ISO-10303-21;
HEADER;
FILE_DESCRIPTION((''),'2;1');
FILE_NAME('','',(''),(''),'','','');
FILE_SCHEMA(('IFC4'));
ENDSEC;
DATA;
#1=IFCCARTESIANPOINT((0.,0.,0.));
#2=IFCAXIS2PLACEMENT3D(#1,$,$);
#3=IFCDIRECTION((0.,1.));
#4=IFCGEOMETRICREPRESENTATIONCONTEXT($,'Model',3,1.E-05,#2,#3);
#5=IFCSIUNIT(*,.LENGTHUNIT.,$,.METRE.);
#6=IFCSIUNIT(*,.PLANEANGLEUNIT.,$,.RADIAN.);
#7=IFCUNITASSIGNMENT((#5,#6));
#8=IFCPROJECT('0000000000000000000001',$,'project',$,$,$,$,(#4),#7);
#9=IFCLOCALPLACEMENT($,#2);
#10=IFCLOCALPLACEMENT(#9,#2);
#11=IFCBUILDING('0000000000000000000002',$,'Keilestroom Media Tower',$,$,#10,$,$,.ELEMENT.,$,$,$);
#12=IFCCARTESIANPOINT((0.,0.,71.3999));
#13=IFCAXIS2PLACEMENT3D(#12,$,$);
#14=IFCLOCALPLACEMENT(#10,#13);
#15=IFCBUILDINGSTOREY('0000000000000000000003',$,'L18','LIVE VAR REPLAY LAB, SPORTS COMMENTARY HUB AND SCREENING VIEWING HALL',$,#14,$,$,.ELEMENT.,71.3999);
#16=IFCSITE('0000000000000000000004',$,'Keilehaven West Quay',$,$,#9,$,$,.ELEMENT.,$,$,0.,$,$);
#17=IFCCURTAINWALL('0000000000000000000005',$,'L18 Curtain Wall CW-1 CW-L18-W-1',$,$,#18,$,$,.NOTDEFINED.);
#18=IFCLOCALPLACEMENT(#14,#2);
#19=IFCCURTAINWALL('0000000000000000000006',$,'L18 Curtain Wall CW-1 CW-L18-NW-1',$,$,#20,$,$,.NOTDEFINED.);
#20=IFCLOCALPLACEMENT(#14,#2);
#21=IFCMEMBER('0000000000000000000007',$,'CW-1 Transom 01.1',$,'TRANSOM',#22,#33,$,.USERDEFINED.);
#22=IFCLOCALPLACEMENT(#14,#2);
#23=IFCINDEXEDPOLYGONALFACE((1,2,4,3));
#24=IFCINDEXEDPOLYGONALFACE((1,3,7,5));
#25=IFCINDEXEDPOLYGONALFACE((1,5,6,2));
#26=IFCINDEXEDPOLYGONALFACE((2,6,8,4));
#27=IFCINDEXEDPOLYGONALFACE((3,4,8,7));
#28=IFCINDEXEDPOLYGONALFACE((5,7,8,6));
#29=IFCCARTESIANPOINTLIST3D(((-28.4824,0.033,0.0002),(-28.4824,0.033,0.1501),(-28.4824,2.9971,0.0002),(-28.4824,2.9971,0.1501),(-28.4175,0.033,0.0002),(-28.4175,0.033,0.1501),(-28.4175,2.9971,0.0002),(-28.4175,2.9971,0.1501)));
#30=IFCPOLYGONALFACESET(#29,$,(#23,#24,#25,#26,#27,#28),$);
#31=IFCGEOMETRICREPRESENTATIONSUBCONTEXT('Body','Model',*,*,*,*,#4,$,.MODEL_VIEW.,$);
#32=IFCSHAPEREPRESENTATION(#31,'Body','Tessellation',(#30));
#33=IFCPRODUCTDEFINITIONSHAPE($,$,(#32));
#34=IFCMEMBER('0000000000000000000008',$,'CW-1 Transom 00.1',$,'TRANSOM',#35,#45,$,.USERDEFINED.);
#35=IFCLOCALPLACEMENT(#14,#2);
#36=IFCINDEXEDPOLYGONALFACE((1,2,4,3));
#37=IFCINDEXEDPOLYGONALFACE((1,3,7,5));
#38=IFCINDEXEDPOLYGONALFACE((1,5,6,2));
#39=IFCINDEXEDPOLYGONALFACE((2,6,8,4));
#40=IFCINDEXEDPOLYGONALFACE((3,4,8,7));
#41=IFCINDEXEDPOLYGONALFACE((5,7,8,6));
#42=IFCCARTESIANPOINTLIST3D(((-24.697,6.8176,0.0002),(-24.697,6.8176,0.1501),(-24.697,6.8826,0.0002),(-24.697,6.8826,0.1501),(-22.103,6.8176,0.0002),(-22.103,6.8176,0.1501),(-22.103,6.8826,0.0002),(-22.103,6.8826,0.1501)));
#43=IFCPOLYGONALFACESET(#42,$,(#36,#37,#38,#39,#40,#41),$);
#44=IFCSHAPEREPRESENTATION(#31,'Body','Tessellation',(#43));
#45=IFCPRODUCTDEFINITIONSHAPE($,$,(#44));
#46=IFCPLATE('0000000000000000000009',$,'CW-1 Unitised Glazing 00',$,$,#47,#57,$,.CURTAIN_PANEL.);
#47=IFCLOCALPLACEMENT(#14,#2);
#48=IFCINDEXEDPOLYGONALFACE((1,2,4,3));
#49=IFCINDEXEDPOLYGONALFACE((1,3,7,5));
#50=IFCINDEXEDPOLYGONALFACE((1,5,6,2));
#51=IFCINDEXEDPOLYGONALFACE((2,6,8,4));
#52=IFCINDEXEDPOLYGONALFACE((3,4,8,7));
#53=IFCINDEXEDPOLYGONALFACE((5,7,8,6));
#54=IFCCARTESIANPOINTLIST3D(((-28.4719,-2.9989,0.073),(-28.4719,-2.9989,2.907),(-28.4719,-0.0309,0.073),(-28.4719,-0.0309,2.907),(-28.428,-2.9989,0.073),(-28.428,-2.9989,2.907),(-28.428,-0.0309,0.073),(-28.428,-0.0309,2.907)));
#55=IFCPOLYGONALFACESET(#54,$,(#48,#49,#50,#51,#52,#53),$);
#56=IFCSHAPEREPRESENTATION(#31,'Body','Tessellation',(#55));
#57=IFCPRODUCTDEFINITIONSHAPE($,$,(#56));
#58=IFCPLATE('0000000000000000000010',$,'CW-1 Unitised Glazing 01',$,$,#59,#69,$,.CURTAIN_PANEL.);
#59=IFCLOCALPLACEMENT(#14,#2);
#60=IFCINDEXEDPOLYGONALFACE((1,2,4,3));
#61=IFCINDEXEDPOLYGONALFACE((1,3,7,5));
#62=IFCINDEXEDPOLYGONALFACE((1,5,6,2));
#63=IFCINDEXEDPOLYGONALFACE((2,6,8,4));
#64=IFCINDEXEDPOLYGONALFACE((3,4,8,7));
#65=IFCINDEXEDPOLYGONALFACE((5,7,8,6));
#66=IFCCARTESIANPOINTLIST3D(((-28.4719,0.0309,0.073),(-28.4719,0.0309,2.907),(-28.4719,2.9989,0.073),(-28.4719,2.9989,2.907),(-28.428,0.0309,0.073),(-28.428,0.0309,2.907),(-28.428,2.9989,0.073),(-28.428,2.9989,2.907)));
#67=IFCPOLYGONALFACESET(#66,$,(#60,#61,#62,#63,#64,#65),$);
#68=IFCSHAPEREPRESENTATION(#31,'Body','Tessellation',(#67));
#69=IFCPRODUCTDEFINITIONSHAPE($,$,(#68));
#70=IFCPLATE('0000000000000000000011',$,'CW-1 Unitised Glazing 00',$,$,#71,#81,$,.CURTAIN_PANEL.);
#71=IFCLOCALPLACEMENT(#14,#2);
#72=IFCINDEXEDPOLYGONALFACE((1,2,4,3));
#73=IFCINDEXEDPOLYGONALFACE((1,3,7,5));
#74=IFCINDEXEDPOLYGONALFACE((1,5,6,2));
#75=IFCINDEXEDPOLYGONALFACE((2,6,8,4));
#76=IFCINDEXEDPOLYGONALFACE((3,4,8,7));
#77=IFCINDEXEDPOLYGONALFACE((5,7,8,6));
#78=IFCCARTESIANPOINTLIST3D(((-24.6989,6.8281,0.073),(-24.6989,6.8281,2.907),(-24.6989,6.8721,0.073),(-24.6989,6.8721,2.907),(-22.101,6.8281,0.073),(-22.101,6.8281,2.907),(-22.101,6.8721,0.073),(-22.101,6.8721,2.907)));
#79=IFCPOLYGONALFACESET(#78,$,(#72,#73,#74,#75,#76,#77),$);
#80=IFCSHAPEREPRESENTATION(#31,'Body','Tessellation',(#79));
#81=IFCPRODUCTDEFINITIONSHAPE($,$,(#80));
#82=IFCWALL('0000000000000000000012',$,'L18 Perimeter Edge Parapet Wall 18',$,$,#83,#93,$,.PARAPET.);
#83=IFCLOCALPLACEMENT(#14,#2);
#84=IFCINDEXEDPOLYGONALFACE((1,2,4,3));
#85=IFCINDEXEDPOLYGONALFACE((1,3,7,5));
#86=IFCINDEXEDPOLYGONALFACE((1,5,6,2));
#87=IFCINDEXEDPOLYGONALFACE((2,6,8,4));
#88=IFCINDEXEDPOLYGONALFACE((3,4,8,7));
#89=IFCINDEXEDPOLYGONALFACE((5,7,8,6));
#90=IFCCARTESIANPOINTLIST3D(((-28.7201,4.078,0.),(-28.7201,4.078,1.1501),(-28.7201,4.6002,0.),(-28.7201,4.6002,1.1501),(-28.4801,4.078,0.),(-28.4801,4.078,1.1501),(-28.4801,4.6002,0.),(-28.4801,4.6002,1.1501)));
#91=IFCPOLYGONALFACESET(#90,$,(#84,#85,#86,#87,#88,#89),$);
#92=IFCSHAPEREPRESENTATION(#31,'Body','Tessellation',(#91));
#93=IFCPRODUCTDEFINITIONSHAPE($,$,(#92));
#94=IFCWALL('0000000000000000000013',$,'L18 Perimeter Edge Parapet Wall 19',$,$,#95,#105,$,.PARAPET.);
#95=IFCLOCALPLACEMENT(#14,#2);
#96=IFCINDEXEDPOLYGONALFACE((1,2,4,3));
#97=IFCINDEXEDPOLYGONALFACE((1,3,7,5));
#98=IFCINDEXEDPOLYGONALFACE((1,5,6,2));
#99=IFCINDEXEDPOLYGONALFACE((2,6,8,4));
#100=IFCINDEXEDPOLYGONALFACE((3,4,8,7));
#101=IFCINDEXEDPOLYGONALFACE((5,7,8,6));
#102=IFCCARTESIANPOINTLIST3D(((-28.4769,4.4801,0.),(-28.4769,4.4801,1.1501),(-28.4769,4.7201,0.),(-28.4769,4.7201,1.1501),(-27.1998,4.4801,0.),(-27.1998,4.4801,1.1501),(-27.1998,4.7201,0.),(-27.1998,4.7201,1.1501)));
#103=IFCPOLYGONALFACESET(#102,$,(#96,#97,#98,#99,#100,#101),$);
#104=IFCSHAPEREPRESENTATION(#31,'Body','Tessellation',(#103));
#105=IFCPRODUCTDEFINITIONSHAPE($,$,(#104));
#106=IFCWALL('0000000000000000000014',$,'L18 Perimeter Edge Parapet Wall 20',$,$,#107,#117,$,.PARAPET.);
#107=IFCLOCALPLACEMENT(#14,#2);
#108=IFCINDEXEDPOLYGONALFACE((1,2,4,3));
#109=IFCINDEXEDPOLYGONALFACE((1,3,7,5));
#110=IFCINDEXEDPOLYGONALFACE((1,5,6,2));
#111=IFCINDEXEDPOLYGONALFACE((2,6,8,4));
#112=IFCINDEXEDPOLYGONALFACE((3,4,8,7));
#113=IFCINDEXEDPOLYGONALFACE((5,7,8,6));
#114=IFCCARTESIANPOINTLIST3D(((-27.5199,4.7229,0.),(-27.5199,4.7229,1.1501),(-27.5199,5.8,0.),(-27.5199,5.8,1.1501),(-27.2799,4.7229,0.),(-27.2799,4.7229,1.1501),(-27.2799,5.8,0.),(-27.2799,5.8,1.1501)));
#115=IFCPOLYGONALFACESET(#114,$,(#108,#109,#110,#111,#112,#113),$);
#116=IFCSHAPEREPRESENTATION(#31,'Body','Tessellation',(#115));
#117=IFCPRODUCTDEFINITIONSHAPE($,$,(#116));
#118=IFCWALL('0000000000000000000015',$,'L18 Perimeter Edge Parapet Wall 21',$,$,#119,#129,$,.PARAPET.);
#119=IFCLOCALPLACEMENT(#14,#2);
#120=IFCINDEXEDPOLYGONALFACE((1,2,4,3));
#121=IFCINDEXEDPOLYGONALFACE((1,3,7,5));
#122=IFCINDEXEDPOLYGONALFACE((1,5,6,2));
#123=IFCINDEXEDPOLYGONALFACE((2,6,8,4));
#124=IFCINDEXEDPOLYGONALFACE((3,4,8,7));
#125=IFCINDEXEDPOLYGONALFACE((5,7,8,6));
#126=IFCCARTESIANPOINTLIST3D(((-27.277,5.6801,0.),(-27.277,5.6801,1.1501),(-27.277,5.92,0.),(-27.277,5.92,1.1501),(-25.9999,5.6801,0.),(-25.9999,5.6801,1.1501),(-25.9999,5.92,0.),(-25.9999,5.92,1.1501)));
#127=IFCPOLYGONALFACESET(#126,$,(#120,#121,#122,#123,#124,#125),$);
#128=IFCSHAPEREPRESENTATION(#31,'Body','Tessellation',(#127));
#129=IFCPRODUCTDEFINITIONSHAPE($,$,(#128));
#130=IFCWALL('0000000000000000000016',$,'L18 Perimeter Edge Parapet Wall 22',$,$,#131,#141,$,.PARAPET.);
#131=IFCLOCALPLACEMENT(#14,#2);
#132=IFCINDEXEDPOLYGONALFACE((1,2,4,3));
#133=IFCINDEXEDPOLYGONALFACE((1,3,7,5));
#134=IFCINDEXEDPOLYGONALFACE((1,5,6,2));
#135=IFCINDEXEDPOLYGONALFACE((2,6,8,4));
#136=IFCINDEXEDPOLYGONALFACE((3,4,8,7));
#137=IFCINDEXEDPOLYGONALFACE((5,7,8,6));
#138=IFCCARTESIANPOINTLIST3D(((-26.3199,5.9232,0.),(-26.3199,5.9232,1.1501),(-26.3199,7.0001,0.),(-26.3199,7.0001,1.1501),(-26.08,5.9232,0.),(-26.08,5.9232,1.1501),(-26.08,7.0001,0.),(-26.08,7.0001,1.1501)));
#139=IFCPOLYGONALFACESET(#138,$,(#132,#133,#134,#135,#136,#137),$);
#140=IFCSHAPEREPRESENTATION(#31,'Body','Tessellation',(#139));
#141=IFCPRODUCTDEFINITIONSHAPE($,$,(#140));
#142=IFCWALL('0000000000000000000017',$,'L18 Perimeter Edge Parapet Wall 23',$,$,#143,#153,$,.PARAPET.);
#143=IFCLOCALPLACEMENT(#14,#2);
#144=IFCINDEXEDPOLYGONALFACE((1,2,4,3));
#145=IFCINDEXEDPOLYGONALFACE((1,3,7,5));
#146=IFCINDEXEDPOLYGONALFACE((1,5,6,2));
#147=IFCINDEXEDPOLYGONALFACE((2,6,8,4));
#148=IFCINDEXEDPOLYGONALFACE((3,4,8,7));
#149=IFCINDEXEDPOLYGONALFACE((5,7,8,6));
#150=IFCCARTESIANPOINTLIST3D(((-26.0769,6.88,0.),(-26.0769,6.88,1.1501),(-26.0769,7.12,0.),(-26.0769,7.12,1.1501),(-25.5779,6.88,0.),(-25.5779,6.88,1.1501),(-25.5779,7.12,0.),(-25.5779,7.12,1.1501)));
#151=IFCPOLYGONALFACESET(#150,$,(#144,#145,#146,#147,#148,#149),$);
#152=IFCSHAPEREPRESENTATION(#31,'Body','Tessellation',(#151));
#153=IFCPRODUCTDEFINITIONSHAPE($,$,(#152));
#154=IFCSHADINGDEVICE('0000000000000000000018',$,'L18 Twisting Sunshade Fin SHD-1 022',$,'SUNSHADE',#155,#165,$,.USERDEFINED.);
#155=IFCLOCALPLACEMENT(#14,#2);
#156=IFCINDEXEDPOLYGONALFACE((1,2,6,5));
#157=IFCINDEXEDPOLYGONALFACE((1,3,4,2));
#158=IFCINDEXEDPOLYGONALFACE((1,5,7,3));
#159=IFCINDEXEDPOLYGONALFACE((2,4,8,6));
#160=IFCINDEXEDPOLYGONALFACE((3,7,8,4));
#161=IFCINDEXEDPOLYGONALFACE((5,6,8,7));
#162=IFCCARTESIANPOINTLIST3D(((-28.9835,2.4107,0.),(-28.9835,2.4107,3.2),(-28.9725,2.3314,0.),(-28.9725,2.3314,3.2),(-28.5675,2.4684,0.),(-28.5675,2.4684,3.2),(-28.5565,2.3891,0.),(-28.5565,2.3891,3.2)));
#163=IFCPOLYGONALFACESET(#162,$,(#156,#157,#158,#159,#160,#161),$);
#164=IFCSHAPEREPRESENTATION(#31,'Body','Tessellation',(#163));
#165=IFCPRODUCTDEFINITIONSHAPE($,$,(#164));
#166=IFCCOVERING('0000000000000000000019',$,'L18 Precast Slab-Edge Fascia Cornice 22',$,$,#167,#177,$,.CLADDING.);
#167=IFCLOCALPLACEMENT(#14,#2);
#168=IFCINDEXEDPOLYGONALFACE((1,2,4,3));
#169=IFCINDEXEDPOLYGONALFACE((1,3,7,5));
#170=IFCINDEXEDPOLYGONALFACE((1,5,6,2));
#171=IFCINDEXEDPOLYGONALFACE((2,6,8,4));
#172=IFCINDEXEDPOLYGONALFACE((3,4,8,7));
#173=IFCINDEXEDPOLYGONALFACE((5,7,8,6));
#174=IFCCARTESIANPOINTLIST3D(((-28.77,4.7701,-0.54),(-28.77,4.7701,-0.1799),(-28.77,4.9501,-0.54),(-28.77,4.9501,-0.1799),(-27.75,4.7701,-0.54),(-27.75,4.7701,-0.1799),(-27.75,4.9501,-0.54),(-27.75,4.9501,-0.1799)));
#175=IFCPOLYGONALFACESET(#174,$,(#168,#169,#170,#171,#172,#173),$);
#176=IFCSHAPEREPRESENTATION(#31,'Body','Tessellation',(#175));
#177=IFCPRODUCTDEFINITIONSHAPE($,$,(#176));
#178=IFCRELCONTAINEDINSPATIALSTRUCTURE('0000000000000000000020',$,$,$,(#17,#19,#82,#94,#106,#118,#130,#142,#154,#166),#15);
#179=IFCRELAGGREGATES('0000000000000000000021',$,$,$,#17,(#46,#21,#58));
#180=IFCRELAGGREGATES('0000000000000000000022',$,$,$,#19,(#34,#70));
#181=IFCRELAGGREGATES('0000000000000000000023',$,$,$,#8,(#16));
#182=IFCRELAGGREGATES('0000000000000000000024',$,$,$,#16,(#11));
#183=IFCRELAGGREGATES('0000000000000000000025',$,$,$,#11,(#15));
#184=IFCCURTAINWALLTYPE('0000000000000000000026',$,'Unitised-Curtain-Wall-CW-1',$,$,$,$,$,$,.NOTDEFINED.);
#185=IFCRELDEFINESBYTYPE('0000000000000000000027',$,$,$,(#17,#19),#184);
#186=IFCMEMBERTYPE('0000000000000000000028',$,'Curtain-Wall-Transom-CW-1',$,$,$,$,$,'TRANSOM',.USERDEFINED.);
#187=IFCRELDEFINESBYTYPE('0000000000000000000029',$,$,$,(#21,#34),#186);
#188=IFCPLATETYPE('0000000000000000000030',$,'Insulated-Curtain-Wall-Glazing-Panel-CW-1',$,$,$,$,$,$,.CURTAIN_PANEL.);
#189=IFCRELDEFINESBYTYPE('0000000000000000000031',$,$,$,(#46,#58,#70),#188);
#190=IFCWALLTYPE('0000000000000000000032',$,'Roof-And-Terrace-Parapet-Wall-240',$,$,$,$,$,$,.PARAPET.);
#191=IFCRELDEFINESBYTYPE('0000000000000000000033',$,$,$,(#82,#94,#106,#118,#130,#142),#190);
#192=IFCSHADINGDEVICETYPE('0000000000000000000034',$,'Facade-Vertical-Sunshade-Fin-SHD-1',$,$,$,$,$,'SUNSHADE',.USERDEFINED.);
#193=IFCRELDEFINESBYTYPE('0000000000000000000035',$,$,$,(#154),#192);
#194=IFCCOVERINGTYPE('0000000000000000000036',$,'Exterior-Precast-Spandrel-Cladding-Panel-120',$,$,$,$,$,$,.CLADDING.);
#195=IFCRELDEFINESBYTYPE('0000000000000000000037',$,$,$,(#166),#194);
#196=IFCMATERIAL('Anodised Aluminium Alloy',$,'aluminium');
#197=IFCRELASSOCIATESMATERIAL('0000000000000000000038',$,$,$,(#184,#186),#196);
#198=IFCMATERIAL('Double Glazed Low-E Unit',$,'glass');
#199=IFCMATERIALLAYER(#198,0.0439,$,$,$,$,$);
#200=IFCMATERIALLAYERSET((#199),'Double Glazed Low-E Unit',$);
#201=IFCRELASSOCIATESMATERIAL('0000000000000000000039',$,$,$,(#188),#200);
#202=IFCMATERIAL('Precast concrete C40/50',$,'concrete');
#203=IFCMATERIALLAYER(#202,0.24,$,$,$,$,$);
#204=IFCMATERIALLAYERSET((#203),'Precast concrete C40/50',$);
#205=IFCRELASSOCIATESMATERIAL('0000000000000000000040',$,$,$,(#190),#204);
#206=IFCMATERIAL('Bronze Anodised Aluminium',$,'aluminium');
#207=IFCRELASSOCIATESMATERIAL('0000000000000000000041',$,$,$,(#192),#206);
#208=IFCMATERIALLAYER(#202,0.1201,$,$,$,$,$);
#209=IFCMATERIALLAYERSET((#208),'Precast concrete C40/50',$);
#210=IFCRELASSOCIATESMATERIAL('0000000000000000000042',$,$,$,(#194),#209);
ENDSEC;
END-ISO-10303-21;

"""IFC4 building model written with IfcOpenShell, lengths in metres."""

from ifc_helpers import new_model, si_unit, direction, frame, frame_2d, origin, origin_2d, place, context, subcontext, project, spatial, rectangle, extrude, source, transform, mapped, material, layer, layer_set, material_profile, profile_set, type_object, element, aggregate, save


model = new_model("IFC4")

# Units and contexts
model_context = context("Model", 3, precision=1e-05, world=origin(), true_north=direction((0.0, 1.0)))
body_context = subcontext(model_context, "Body", "Model", "MODEL_VIEW")
ifc_project = project(units=[si_unit("LENGTHUNIT", "METRE"), si_unit("PLANEANGLEUNIT", "RADIAN")], contexts=[model_context])

# Site, building, storey
site_placement = place(None, origin())
site = spatial("IfcSite", under=ifc_project, at=site_placement, Name="Keilehaven West Quay", CompositionType="ELEMENT", RefElevation=0.0)
building_placement = place(site_placement, origin())
building = spatial("IfcBuilding", under=site, at=building_placement, Name="Keilestroom Media Tower", CompositionType="ELEMENT")
storey_placement = place(building_placement, frame((0.0, 0.0, 71.3999)))
storey = spatial("IfcBuildingStorey", under=building, at=storey_placement, Name="L18", Description="LIVE VAR REPLAY LAB, SPORTS COMMENTARY HUB AND SCREENING VIEWING HALL", CompositionType="ELEMENT", Elevation=71.3999)

# Shared definitions
ifc_material_1 = material(Name="Precast concrete C40/50", Category="concrete")

# Curtain wall
ifc_material_2 = material(Name="Anodised Aluminium Alloy", Category="aluminium")
curtain_wall_type = type_object("IfcCurtainWallType", Name="Unitised-Curtain-Wall-CW-1", PredefinedType="NOTDEFINED", material=ifc_material_2)
curtain_wall_1_placement = place(storey_placement, origin())
curtain_wall_1 = element("IfcCurtainWall", 1, at=curtain_wall_1_placement, inside=storey, type_object=curtain_wall_type, Name="L18 Curtain Wall CW-1 CW-L18-W-1", PredefinedType="NOTDEFINED")

# Curtain wall
curtain_wall_2_placement = place(storey_placement, origin())
curtain_wall_2 = element("IfcCurtainWall", 2, at=curtain_wall_2_placement, inside=storey, type_object=curtain_wall_type, Name="L18 Curtain Wall CW-1 CW-L18-NW-1", PredefinedType="NOTDEFINED")

# Members
ifc_material_profile_1 = material_profile(ifc_material_2, rectangle(XDim=0.0649, YDim=0.1499, at=origin_2d()), Name="ALU TRANSOM 65x150")
ifc_profile_set_1 = profile_set([ifc_material_profile_1], Name="Anodised Aluminium Alloy")
member_type_1 = type_object("IfcMemberType", Name="Curtain-Wall-Transom-CW-1", ElementType="TRANSOM", PredefinedType="USERDEFINED", material=ifc_profile_set_1)
shared_shape_1 = source(origin(), body_context, "Body", "SweptSolid", [
    extrude(rectangle(XDim=0.0649, YDim=0.1499, at=origin_2d()), origin(), (0.0, 0.0, 1.0), 2.9641),
])
member_1_placement = place(storey_placement, frame((-28.45, 0.033, 0.0752), z_axis=(0.0, 1.0, 0.0), x_axis=(-1.0, 0.0, 0.0)))
member_1 = element("IfcMember", 3, at=member_1_placement, type_object=member_type_1, Name="CW-1 Transom 01.1", ObjectType="TRANSOM", PredefinedType="USERDEFINED", context=body_context, shape_type="MappedRepresentation", body=[
    mapped(shared_shape_1, transform((0.0, 0.0, 0.0), x_axis=(1.0, 0.0, 0.0), y_axis=(0.0, 1.0, 0.0), z_axis=(0.0, 0.0, 1.0), scale=1.0)),
])
shared_shape_2 = source(origin(), body_context, "Body", "SweptSolid", [
    extrude(rectangle(XDim=0.0649, YDim=0.1499, at=origin_2d()), origin(), (0.0, 0.0, 1.0), 2.594),
])
member_2_placement = place(storey_placement, frame((-24.697, 6.8501, 0.0752), z_axis=(1.0, 0.0, 0.0), x_axis=(0.0, 1.0, 0.0)))
member_2 = element("IfcMember", 4, at=member_2_placement, type_object=member_type_1, Name="CW-1 Transom 00.1", ObjectType="TRANSOM", PredefinedType="USERDEFINED", context=body_context, shape_type="MappedRepresentation", body=[
    mapped(shared_shape_2, transform((0.0, 0.0, 0.0), x_axis=(1.0, 0.0, 0.0), y_axis=(0.0, 1.0, 0.0), z_axis=(0.0, 0.0, 1.0), scale=1.0)),
])

# Plates
ifc_material_3 = material(Name="Double Glazed Low-E Unit", Category="glass")
ifc_layer_1 = layer(ifc_material_3, 0.0439)
ifc_layer_set_1 = layer_set([ifc_layer_1], Name="Double Glazed Low-E Unit")
plate_type = type_object("IfcPlateType", Name="Insulated-Curtain-Wall-Glazing-Panel-CW-1", PredefinedType="CURTAIN_PANEL", material=ifc_layer_set_1)
shared_shape_3 = source(origin(), body_context, "Body", "SweptSolid", [
    extrude(rectangle(XDim=2.968, YDim=0.0439, at=origin_2d()), origin(), (0.0, 0.0, 1.0), 2.834),
])
plate_1_placement = place(storey_placement, frame((-28.45, -1.5149, 0.073), z_axis=(0.0, 0.0, 1.0), x_axis=(0.0, 1.0, 0.0)))
plate_1 = element("IfcPlate", 5, at=plate_1_placement, type_object=plate_type, Name="CW-1 Unitised Glazing 00", PredefinedType="CURTAIN_PANEL", context=body_context, shape_type="MappedRepresentation", body=[
    mapped(shared_shape_3, transform((0.0, 0.0, 0.0), x_axis=(1.0, 0.0, 0.0), y_axis=(0.0, 1.0, 0.0), z_axis=(0.0, 0.0, 1.0), scale=1.0)),
])
plate_2_placement = place(storey_placement, frame((-28.45, 1.5149, 0.073), z_axis=(0.0, 0.0, 1.0), x_axis=(0.0, 1.0, 0.0)))
plate_2 = element("IfcPlate", 6, at=plate_2_placement, type_object=plate_type, Name="CW-1 Unitised Glazing 01", PredefinedType="CURTAIN_PANEL", context=body_context, shape_type="MappedRepresentation", body=[
    mapped(shared_shape_3, transform((0.0, 0.0, 0.0), x_axis=(1.0, 0.0, 0.0), y_axis=(0.0, 1.0, 0.0), z_axis=(0.0, 0.0, 1.0), scale=1.0)),
])
aggregate(curtain_wall_1, [plate_1, member_1, plate_2])
shared_shape_4 = source(origin(), body_context, "Body", "SweptSolid", [
    extrude(rectangle(XDim=2.5979, YDim=0.0439, at=origin_2d()), origin(), (0.0, 0.0, 1.0), 2.834),
])
plate_3_placement = place(storey_placement, frame((-23.3999, 6.8501, 0.073), z_axis=(0.0, 0.0, 1.0), x_axis=(1.0, 0.0, 0.0)))
plate_3 = element("IfcPlate", 7, at=plate_3_placement, type_object=plate_type, Name="CW-1 Unitised Glazing 00", PredefinedType="CURTAIN_PANEL", context=body_context, shape_type="MappedRepresentation", body=[
    mapped(shared_shape_4, transform((0.0, 0.0, 0.0), x_axis=(1.0, 0.0, 0.0), y_axis=(0.0, 1.0, 0.0), z_axis=(0.0, 0.0, 1.0), scale=1.0)),
])
aggregate(curtain_wall_2, [member_2, plate_3])

# Walls
ifc_layer_2 = layer(ifc_material_1, 0.24)
ifc_layer_set_2 = layer_set([ifc_layer_2], Name="Precast concrete C40/50")
wall_type = type_object("IfcWallType", Name="Roof-And-Terrace-Parapet-Wall-240", PredefinedType="PARAPET", material=ifc_layer_set_2)
wall_1_placement = place(storey_placement, frame((-28.6001, 4.0779, 0.0), z_axis=(0.0, 0.0, 1.0), x_axis=(0.0, 1.0, 0.0)))
element("IfcWall", 8, at=wall_1_placement, inside=storey, type_object=wall_type, Name="L18 Perimeter Edge Parapet Wall 18", PredefinedType="PARAPET", context=body_context, shape_type="SweptSolid", body=[
    extrude(rectangle(XDim=0.5222, YDim=0.24, at=frame_2d((0.2612, 0.0))), origin(), (0.0, 0.0, 1.0), 1.1501),
])
wall_2_placement = place(storey_placement, frame((-28.4771, 4.6001, 0.0), z_axis=(0.0, 0.0, 1.0), x_axis=(1.0, 0.0, 0.0)))
element("IfcWall", 9, at=wall_2_placement, inside=storey, type_object=wall_type, Name="L18 Perimeter Edge Parapet Wall 19", PredefinedType="PARAPET", context=body_context, shape_type="SweptSolid", body=[
    extrude(rectangle(XDim=1.2771, YDim=0.24, at=frame_2d((0.6387, 0.0))), origin(), (0.0, 0.0, 1.0), 1.1501),
])
wall_3_placement = place(storey_placement, frame((-27.3999, 4.7229, 0.0), z_axis=(0.0, 0.0, 1.0), x_axis=(0.0, 1.0, 0.0)))
element("IfcWall", 10, at=wall_3_placement, inside=storey, type_object=wall_type, Name="L18 Perimeter Edge Parapet Wall 20", PredefinedType="PARAPET", context=body_context, shape_type="SweptSolid", body=[
    extrude(rectangle(XDim=1.0771, YDim=0.24, at=frame_2d((0.5386, 0.0))), origin(), (0.0, 0.0, 1.0), 1.1501),
])
wall_4_placement = place(storey_placement, frame((-27.2771, 5.8, 0.0), z_axis=(0.0, 0.0, 1.0), x_axis=(1.0, 0.0, 0.0)))
element("IfcWall", 11, at=wall_4_placement, inside=storey, type_object=wall_type, Name="L18 Perimeter Edge Parapet Wall 21", PredefinedType="PARAPET", context=body_context, shape_type="SweptSolid", body=[
    extrude(rectangle(XDim=1.2771, YDim=0.24, at=frame_2d((0.6387, 0.0))), origin(), (0.0, 0.0, 1.0), 1.1501),
])
wall_5_placement = place(storey_placement, frame((-26.2, 5.9231, 0.0), z_axis=(0.0, 0.0, 1.0), x_axis=(0.0, 1.0, 0.0)))
element("IfcWall", 12, at=wall_5_placement, inside=storey, type_object=wall_type, Name="L18 Perimeter Edge Parapet Wall 22", PredefinedType="PARAPET", context=body_context, shape_type="SweptSolid", body=[
    extrude(rectangle(XDim=1.0769, YDim=0.24, at=frame_2d((0.5386, 0.0))), origin(), (0.0, 0.0, 1.0), 1.1501),
])
wall_6_placement = place(storey_placement, frame((-26.0769, 7.0, 0.0), z_axis=(0.0, 0.0, 1.0), x_axis=(1.0, 0.0, 0.0)))
element("IfcWall", 13, at=wall_6_placement, inside=storey, type_object=wall_type, Name="L18 Perimeter Edge Parapet Wall 23", PredefinedType="PARAPET", context=body_context, shape_type="SweptSolid", body=[
    extrude(rectangle(XDim=0.499, YDim=0.24, at=frame_2d((0.2495, 0.0))), origin(), (0.0, 0.0, 1.0), 1.1501),
])

# Shading device
ifc_material_4 = material(Name="Bronze Anodised Aluminium", Category="aluminium")
shading_device_type = type_object("IfcShadingDeviceType", Name="Facade-Vertical-Sunshade-Fin-SHD-1", ElementType="SUNSHADE", PredefinedType="USERDEFINED", material=ifc_material_4)
shared_shape_5 = source(origin(), body_context, "Body", "SweptSolid", [
    extrude(rectangle(XDim=0.4199, YDim=0.0801, at=origin_2d()), origin(), (0.0, 0.0, 1.0), 3.2),
])
shading_device_placement = place(storey_placement, frame((-28.77, 2.3999, 0.0), z_axis=(0.0, 0.0, 1.0), x_axis=(0.990533, 0.137272, 0.0)))
element("IfcShadingDevice", 14, at=shading_device_placement, inside=storey, type_object=shading_device_type, Name="L18 Twisting Sunshade Fin SHD-1 022", ObjectType="SUNSHADE", PredefinedType="USERDEFINED", context=body_context, shape_type="MappedRepresentation", body=[
    mapped(shared_shape_5, transform((0.0, 0.0, 0.0), x_axis=(1.0, 0.0, 0.0), y_axis=(0.0, 1.0, 0.0), z_axis=(0.0, 0.0, 1.0), scale=1.0)),
])

# Covering
ifc_layer_3 = layer(ifc_material_1, 0.1201)
ifc_layer_set_3 = layer_set([ifc_layer_3], Name="Precast concrete C40/50")
covering_type = type_object("IfcCoveringType", Name="Exterior-Precast-Spandrel-Cladding-Panel-120", PredefinedType="CLADDING", material=ifc_layer_set_3)
shared_shape_6 = source(origin(), body_context, "Body", "SweptSolid", [
    extrude(rectangle(XDim=1.02, YDim=0.1799, at=origin_2d()), origin(), (0.0, 0.0, 1.0), 0.3601),
])
for number, where, z_axis, x_axis, name in (
    (15, (-28.26, 4.8601, -0.54), (0.0, 0.0, 1.0), (1.0, 0.0, 0.0), "L18 Precast Slab-Edge Fascia Cornice 22"),
):
    element("IfcCovering", number, at=place(storey_placement, frame(where, z_axis=z_axis, x_axis=x_axis)), inside=storey, type_object=covering_type, Name=name, PredefinedType="CLADDING", context=body_context, shape_type="MappedRepresentation", body=[
        mapped(shared_shape_6, transform((0.0, 0.0, 0.0), x_axis=(1.0, 0.0, 0.0), y_axis=(0.0, 1.0, 0.0), z_axis=(0.0, 0.0, 1.0), scale=1.0)),
    ])

save(model, "model.ifc")
